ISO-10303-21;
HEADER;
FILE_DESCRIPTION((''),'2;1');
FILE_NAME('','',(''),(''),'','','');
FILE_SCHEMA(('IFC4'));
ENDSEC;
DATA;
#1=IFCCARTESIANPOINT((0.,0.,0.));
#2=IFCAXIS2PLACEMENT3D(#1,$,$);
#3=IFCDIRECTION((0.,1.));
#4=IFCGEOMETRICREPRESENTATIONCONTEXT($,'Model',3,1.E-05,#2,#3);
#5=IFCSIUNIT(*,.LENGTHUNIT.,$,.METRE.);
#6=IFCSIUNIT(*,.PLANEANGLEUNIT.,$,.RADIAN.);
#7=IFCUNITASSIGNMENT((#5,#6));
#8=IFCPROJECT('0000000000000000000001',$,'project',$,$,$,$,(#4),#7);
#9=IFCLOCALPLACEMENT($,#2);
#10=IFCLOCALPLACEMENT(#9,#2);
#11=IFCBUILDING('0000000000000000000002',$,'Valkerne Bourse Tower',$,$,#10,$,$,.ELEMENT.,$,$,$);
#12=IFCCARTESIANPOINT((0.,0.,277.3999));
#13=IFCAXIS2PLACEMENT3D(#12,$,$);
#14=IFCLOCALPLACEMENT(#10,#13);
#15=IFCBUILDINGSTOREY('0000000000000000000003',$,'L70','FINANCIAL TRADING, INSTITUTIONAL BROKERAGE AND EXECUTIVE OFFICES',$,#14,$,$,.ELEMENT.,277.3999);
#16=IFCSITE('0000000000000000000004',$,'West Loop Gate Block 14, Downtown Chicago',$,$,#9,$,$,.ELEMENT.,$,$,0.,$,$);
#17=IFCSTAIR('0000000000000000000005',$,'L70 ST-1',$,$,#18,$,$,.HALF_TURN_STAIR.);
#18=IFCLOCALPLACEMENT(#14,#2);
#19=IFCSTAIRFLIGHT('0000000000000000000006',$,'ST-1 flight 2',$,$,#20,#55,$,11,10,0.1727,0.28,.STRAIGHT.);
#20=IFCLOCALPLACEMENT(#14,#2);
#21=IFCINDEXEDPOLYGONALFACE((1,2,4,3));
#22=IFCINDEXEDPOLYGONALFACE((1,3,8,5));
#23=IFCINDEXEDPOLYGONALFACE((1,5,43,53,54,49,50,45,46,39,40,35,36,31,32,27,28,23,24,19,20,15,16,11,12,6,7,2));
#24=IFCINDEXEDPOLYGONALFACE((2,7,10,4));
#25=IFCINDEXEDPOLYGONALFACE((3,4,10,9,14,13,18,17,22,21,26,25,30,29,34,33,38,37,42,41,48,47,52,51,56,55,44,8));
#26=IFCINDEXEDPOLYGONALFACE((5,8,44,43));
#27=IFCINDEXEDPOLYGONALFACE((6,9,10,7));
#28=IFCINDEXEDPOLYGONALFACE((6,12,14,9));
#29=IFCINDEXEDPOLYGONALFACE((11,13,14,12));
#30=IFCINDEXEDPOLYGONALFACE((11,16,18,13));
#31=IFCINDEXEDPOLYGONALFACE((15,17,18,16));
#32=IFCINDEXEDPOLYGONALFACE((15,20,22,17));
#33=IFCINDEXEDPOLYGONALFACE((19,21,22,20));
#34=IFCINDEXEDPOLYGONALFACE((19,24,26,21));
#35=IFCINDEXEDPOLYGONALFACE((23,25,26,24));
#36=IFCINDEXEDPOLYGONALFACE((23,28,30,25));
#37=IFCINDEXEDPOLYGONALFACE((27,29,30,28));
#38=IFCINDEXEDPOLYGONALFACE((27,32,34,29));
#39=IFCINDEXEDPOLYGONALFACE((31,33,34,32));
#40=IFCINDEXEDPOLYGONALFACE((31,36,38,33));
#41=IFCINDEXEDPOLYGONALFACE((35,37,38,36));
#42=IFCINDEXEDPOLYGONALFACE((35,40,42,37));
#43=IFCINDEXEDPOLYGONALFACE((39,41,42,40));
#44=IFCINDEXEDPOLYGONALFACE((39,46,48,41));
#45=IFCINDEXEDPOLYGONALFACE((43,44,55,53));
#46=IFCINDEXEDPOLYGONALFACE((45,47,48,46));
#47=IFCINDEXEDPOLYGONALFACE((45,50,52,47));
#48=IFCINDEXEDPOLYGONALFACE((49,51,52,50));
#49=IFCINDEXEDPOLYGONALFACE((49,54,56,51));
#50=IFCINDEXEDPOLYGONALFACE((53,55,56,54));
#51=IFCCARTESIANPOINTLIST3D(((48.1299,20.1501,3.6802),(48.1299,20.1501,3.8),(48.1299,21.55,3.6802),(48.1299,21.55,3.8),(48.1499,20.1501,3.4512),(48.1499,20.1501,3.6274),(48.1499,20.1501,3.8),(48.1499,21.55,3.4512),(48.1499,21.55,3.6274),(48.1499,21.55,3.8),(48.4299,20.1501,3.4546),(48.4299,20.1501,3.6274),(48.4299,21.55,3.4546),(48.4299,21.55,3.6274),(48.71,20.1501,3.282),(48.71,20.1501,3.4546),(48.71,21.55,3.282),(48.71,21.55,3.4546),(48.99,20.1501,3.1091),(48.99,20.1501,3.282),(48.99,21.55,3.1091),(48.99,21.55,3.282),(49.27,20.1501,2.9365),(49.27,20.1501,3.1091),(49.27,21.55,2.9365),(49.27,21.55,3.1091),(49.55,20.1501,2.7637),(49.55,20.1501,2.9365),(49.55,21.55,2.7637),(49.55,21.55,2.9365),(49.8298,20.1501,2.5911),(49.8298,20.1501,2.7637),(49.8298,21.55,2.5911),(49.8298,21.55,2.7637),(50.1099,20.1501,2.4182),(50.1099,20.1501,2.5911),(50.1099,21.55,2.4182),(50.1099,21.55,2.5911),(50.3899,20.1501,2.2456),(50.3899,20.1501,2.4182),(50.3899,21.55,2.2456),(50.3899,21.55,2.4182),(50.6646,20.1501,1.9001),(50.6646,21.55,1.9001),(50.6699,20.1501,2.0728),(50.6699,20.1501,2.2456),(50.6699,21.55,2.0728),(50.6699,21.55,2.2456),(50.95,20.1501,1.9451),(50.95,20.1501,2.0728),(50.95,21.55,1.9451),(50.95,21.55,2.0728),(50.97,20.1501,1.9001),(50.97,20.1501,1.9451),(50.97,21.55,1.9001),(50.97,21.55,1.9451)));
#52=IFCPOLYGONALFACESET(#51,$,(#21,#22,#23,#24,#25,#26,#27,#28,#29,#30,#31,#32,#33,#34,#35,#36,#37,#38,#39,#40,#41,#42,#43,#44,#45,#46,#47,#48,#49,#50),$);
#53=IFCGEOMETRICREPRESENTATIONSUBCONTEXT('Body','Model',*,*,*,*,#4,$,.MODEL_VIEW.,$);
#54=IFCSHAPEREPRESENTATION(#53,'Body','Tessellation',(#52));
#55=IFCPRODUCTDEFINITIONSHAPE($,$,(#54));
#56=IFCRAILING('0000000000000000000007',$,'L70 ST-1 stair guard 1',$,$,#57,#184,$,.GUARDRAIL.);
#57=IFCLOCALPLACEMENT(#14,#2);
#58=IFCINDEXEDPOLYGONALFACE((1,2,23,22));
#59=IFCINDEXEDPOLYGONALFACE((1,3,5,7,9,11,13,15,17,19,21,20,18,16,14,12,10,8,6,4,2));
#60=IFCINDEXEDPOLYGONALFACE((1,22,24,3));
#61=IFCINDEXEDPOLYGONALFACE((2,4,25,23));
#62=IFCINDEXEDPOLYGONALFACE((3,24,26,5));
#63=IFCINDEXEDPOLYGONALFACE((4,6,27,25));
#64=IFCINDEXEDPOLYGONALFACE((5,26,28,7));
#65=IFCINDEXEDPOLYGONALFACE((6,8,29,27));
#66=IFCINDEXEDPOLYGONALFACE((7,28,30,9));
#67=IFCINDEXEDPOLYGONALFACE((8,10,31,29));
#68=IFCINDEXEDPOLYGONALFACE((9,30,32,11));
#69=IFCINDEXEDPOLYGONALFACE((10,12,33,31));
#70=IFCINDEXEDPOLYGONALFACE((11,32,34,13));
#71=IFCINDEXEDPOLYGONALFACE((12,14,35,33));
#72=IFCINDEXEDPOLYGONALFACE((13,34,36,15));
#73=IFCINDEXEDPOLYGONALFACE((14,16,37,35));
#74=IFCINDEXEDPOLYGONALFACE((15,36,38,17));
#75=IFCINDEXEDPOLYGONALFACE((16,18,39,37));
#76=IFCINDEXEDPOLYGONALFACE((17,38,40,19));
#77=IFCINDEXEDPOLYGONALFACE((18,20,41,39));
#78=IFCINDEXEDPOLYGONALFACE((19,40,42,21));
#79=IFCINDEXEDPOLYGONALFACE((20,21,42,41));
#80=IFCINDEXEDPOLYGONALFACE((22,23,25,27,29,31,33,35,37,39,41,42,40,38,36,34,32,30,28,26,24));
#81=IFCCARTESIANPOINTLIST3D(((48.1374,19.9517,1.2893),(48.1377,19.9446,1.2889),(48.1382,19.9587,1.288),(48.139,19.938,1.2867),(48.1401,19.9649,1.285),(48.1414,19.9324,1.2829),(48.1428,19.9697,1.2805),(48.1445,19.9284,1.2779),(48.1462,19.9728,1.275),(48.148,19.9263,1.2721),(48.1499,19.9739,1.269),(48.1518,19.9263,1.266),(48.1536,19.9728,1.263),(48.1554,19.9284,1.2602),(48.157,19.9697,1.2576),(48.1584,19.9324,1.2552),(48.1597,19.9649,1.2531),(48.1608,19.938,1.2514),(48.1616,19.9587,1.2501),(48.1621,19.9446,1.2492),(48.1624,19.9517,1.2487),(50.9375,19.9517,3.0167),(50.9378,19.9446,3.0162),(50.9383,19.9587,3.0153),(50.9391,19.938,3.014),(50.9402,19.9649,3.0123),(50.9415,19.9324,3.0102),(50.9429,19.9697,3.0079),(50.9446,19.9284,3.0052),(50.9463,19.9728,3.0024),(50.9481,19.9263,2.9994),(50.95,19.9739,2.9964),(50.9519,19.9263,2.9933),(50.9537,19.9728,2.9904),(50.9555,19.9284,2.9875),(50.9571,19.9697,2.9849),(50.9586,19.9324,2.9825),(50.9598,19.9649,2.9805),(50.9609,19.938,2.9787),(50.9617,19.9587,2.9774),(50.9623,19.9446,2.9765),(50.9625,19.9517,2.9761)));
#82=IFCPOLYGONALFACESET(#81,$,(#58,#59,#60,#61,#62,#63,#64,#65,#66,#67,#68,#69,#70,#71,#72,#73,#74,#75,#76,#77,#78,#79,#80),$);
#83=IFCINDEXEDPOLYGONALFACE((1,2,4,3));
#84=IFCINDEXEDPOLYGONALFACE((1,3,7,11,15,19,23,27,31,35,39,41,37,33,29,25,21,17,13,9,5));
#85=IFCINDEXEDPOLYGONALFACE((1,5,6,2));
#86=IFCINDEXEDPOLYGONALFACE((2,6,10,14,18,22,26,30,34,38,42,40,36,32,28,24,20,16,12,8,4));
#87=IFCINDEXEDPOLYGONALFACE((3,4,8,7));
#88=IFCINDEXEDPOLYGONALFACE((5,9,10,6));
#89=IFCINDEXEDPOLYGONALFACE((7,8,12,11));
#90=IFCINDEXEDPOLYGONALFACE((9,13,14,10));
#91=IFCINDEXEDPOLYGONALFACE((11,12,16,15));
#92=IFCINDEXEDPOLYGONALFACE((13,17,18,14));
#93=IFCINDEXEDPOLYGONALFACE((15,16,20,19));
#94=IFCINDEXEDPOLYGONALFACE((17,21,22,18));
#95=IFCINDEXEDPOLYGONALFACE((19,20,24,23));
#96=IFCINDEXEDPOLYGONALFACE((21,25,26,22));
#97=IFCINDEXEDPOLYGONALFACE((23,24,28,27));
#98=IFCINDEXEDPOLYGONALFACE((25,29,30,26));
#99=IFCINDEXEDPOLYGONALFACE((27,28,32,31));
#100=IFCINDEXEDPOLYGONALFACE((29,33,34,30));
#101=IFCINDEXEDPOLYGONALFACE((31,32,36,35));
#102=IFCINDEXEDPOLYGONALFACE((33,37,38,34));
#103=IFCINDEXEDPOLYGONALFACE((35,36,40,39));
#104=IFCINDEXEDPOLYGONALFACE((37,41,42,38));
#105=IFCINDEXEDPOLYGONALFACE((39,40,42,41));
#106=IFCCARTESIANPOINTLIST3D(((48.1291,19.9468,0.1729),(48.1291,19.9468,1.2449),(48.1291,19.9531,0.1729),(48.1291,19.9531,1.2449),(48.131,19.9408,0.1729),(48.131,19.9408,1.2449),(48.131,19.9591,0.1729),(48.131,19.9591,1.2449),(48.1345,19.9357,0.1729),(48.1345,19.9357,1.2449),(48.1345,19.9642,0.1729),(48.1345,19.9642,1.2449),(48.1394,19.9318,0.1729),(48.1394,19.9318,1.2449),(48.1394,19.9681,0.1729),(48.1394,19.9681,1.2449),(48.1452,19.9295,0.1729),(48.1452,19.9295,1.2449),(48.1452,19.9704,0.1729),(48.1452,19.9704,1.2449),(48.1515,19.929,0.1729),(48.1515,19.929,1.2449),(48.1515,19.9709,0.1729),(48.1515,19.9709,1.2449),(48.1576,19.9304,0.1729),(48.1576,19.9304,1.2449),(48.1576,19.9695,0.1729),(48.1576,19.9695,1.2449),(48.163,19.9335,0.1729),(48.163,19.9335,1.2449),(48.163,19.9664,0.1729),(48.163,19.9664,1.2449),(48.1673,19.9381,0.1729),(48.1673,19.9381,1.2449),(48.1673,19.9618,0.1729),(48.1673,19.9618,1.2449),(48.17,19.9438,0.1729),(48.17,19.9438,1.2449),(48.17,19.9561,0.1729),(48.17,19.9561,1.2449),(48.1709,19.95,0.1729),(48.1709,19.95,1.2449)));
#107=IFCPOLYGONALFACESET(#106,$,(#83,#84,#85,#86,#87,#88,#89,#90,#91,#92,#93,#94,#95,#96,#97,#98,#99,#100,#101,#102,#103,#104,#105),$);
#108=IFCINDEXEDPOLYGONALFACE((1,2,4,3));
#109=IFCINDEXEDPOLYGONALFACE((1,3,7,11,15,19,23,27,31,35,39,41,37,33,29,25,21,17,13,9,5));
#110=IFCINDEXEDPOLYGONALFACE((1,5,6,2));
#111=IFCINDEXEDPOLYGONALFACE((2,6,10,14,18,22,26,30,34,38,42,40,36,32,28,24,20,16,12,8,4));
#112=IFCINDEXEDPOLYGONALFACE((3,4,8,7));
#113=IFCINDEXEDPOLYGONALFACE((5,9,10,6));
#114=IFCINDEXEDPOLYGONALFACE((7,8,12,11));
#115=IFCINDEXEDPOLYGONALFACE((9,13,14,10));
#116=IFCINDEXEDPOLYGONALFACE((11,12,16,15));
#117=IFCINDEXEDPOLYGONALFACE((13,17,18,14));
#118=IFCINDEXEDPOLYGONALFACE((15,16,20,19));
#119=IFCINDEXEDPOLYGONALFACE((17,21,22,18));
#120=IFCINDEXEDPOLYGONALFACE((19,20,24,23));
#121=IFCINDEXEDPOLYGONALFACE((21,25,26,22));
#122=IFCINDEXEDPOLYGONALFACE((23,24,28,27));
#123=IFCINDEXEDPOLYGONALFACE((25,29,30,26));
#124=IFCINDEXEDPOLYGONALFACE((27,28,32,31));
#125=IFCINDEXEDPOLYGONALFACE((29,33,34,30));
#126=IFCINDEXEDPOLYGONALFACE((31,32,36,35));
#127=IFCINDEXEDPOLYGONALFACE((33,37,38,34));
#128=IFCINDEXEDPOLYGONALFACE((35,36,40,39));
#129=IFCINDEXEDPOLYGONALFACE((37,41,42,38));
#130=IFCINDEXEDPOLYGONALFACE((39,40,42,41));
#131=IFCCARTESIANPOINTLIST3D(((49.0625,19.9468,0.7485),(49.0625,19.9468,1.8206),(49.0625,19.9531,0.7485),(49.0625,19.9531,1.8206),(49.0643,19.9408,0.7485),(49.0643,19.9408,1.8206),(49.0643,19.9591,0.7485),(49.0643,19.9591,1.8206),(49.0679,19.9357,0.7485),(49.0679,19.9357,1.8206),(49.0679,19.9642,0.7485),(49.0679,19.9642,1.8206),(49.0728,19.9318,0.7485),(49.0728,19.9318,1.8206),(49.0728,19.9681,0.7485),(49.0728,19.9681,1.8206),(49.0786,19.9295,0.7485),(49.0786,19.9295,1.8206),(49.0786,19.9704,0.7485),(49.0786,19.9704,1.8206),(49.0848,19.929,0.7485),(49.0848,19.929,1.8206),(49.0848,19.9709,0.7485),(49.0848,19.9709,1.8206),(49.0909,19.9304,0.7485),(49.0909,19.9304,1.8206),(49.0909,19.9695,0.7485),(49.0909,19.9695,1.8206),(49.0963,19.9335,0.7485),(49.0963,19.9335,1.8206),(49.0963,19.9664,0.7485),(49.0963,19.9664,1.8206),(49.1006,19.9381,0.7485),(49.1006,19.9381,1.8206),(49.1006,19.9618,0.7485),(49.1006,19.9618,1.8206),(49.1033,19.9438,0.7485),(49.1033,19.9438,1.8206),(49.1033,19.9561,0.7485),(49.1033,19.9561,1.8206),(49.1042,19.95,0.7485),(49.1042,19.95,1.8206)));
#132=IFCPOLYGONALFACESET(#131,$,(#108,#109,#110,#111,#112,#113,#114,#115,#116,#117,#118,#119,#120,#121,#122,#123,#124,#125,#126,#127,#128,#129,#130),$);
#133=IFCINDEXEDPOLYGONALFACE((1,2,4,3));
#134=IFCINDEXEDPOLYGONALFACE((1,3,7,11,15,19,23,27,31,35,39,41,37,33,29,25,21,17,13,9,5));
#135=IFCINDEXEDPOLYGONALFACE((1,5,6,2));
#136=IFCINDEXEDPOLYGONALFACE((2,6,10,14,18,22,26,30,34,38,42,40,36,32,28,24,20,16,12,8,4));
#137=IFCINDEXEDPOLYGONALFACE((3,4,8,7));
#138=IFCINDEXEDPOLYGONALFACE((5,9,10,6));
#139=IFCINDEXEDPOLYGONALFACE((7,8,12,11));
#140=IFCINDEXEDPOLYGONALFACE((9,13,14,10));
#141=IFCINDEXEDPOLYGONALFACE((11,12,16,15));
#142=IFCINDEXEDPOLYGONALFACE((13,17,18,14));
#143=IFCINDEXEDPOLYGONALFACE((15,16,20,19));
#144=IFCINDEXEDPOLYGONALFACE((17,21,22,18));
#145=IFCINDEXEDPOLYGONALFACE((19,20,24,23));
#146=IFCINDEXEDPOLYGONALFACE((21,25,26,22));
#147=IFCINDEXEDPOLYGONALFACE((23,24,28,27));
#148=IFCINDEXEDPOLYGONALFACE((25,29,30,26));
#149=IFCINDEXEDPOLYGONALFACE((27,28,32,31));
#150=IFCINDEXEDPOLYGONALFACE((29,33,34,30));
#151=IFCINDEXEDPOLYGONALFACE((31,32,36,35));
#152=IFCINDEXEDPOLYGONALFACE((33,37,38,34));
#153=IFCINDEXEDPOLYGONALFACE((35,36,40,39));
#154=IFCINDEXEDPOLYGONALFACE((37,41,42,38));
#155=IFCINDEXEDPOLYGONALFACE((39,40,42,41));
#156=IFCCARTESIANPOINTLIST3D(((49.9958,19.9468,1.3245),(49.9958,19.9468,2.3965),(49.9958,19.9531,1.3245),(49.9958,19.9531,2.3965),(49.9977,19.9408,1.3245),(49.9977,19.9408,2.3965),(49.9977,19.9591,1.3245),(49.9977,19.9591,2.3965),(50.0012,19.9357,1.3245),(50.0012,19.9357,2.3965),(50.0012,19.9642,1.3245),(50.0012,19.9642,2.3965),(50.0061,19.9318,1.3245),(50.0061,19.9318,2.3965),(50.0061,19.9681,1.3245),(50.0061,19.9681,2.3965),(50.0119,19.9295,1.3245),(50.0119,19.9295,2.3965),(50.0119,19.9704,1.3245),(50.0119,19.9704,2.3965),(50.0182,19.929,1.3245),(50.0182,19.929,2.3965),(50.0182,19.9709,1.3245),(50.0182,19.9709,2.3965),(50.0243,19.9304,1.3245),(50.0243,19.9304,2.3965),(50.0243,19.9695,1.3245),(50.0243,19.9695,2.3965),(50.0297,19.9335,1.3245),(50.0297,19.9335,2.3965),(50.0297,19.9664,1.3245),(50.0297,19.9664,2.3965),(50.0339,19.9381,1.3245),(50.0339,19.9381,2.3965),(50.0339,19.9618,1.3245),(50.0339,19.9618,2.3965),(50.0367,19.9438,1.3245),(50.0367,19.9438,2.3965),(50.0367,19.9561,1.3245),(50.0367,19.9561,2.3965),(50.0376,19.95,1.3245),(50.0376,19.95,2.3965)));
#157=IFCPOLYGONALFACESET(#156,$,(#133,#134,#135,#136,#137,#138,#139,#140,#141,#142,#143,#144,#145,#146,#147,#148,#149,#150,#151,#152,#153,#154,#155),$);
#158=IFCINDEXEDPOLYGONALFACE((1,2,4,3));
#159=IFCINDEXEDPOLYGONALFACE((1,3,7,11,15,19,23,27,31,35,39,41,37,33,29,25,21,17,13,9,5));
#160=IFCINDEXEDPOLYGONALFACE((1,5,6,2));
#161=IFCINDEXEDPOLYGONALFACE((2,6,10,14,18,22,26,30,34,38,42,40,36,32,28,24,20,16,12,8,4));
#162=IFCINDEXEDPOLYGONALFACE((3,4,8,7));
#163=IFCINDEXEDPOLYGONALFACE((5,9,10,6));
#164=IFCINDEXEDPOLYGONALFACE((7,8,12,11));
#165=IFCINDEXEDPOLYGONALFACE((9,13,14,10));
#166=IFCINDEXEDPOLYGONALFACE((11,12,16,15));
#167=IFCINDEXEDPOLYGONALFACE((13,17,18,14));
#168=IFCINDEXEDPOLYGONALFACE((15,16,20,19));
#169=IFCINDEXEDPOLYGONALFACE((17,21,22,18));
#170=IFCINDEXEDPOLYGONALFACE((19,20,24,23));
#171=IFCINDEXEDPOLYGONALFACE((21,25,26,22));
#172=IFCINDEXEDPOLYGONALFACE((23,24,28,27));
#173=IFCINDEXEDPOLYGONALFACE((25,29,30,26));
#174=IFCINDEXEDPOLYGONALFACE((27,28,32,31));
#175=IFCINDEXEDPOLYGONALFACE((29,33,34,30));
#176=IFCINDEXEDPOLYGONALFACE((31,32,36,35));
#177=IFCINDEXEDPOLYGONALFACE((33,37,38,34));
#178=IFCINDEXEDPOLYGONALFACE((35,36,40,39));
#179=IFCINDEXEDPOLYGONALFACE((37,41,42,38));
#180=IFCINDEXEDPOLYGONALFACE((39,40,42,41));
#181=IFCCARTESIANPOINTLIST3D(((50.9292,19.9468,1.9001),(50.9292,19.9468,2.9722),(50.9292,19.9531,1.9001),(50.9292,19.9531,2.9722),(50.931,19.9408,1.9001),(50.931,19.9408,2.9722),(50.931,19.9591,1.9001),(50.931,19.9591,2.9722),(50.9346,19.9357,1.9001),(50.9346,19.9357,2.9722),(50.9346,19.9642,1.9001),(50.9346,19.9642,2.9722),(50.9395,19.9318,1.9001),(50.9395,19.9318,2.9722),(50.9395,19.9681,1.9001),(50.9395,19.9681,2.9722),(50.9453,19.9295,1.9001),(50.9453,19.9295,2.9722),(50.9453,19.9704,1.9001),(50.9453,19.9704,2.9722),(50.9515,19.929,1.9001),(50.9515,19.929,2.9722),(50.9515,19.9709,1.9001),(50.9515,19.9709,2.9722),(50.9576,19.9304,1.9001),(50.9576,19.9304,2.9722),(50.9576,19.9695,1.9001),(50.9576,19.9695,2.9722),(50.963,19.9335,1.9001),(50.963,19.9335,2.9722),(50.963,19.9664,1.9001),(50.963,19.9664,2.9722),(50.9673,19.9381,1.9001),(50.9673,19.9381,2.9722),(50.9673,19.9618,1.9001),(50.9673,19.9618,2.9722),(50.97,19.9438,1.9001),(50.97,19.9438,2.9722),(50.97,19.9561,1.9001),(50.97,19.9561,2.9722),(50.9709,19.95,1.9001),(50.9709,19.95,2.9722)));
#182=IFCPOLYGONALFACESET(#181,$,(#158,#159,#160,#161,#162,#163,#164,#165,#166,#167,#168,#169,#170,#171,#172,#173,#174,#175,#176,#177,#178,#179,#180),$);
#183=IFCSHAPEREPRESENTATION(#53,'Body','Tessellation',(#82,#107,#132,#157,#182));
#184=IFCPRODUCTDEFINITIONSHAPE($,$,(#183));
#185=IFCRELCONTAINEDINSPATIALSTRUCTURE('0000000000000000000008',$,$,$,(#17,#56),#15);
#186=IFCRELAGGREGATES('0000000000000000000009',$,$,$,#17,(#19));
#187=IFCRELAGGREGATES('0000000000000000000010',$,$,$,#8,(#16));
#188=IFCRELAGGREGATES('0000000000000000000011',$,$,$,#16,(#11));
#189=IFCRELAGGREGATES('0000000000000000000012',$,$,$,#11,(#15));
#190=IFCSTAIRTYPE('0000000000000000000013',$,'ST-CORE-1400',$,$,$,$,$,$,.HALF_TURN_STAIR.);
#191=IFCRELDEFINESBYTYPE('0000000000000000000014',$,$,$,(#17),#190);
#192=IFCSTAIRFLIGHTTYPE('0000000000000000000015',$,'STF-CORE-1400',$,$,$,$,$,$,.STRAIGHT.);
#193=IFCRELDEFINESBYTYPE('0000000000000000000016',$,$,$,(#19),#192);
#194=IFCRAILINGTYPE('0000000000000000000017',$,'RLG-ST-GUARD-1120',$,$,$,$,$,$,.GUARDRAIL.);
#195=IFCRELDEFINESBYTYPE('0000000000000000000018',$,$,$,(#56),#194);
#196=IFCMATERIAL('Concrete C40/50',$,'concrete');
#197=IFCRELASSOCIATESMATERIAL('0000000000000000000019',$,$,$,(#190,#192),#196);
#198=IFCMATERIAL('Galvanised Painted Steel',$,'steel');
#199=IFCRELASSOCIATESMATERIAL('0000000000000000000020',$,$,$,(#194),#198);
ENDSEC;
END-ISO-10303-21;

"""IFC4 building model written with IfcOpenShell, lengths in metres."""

from ifc_helpers import new_model, si_unit, direction, frame, origin, origin_2d, place, context, subcontext, project, spatial, polyline, circle, outline, extrude, material, type_object, element, aggregate, save


model = new_model("IFC4")

# Units and contexts
model_context = context("Model", 3, precision=1e-05, world=origin(), true_north=direction((0.0, 1.0)))
body_context = subcontext(model_context, "Body", "Model", "MODEL_VIEW")
ifc_project = project(units=[si_unit("LENGTHUNIT", "METRE"), si_unit("PLANEANGLEUNIT", "RADIAN")], contexts=[model_context])

# Site, building, storey
site_placement = place(None, origin())
site = spatial("IfcSite", under=ifc_project, at=site_placement, Name="West Loop Gate Block 14, Downtown Chicago", CompositionType="ELEMENT", RefElevation=0.0)
building_placement = place(site_placement, origin())
building = spatial("IfcBuilding", under=site, at=building_placement, Name="Valkerne Bourse Tower", CompositionType="ELEMENT")
storey_placement = place(building_placement, frame((0.0, 0.0, 277.3999)))
storey = spatial("IfcBuildingStorey", under=building, at=storey_placement, Name="L70", Description="FINANCIAL TRADING, INSTITUTIONAL BROKERAGE AND EXECUTIVE OFFICES", CompositionType="ELEMENT", Elevation=277.3999)

# Shared definitions
ifc_material_1 = material(Name="Galvanised Painted Steel", Category="steel")

# Shared definitions
ifc_material_2 = material(Name="Concrete C40/50", Category="concrete")

# Stair, stair flight
stair_type = type_object("IfcStairType", Name="ST-CORE-1400", PredefinedType="HALF_TURN_STAIR", material=ifc_material_2)
stair_placement = place(storey_placement, origin())
stair = element("IfcStair", 1, at=stair_placement, inside=storey, type_object=stair_type, Name="L70 ST-1", PredefinedType="HALF_TURN_STAIR")
stair_flight_type = type_object("IfcStairFlightType", Name="STF-CORE-1400", PredefinedType="STRAIGHT", material=ifc_material_2)
stair_flight_1_placement = place(storey_placement, frame((50.95, 20.8501, 1.9001), z_axis=(0.0, 0.0, 1.0), x_axis=(-1.0, 0.0, 0.0)))
stair_flight_1 = element("IfcStairFlight", 2, at=stair_flight_1_placement, type_object=stair_flight_type, Name="ST-1 flight 2", NumberOfRisers=11, NumberOfTreads=10, PredefinedType="STRAIGHT", RiserHeight=0.1727, TreadLength=0.28, context=body_context, shape_type="SweptSolid", body=[
    extrude(outline(polyline([(-0.02, 0.0), (-0.02, 0.0449), (0.0, 0.0449), (0.0, 0.1726), (0.28, 0.1726), (0.28, 0.3455), (0.5601, 0.3455), (0.5601, 0.5181), (0.8401, 0.5181), (0.8401, 0.6909), (1.1201, 0.6909), (1.1201, 0.8635), (1.3999, 0.8635), (1.3999, 1.0364), (1.6799, 1.0364), (1.6799, 1.209), (1.96, 1.209), (1.96, 1.3818), (2.24, 1.3818), (2.24, 1.5544), (2.52, 1.5544), (2.52, 1.7273), (2.8, 1.7273), (2.8, 1.8999), (2.8201, 1.8999), (2.8201, 1.78), (2.8, 1.551), (0.2854, 0.0), (-0.02, 0.0)])), frame((0.0, 0.7, 0.0), z_axis=(0.0, -1.0, 0.0), x_axis=(1.0, 0.0, 0.0)), (0.0, 0.0, 1.0), 1.3999),
])
aggregate(stair, [stair_flight_1])

# Railing
railing_type_1 = type_object("IfcRailingType", Name="RLG-ST-GUARD-1120", PredefinedType="GUARDRAIL", material=ifc_material_1)
railing_1_placement = place(storey_placement, frame((48.1499, 19.95, 0.1729)))
element("IfcRailing", 3, at=railing_1_placement, inside=storey, type_object=railing_type_1, Name="L70 ST-1 stair guard 1", PredefinedType="GUARDRAIL", context=body_context, shape_type="SweptSolid", body=[
    extrude(circle(Radius=0.0239, at=origin_2d()), frame((0.0, 0.0, 1.0962), z_axis=(0.85109, 0.0, 0.52502), x_axis=(0.0, 1.0, 0.0)), (0.0, 0.0, 1.0), 3.29),
    extrude(circle(Radius=0.021, at=origin_2d()), origin(), (0.0, 0.0, 1.0), 1.072),
    extrude(circle(Radius=0.021, at=origin_2d()), frame((0.9333, 0.0, 0.5757)), (0.0, 0.0, 1.0), 1.072),
    extrude(circle(Radius=0.021, at=origin_2d()), frame((1.8667, 0.0, 1.1516)), (0.0, 0.0, 1.0), 1.072),
    extrude(circle(Radius=0.021, at=origin_2d()), frame((2.8, 0.0, 1.7273)), (0.0, 0.0, 1.0), 1.072),
])

save(model, "model.ifc")
